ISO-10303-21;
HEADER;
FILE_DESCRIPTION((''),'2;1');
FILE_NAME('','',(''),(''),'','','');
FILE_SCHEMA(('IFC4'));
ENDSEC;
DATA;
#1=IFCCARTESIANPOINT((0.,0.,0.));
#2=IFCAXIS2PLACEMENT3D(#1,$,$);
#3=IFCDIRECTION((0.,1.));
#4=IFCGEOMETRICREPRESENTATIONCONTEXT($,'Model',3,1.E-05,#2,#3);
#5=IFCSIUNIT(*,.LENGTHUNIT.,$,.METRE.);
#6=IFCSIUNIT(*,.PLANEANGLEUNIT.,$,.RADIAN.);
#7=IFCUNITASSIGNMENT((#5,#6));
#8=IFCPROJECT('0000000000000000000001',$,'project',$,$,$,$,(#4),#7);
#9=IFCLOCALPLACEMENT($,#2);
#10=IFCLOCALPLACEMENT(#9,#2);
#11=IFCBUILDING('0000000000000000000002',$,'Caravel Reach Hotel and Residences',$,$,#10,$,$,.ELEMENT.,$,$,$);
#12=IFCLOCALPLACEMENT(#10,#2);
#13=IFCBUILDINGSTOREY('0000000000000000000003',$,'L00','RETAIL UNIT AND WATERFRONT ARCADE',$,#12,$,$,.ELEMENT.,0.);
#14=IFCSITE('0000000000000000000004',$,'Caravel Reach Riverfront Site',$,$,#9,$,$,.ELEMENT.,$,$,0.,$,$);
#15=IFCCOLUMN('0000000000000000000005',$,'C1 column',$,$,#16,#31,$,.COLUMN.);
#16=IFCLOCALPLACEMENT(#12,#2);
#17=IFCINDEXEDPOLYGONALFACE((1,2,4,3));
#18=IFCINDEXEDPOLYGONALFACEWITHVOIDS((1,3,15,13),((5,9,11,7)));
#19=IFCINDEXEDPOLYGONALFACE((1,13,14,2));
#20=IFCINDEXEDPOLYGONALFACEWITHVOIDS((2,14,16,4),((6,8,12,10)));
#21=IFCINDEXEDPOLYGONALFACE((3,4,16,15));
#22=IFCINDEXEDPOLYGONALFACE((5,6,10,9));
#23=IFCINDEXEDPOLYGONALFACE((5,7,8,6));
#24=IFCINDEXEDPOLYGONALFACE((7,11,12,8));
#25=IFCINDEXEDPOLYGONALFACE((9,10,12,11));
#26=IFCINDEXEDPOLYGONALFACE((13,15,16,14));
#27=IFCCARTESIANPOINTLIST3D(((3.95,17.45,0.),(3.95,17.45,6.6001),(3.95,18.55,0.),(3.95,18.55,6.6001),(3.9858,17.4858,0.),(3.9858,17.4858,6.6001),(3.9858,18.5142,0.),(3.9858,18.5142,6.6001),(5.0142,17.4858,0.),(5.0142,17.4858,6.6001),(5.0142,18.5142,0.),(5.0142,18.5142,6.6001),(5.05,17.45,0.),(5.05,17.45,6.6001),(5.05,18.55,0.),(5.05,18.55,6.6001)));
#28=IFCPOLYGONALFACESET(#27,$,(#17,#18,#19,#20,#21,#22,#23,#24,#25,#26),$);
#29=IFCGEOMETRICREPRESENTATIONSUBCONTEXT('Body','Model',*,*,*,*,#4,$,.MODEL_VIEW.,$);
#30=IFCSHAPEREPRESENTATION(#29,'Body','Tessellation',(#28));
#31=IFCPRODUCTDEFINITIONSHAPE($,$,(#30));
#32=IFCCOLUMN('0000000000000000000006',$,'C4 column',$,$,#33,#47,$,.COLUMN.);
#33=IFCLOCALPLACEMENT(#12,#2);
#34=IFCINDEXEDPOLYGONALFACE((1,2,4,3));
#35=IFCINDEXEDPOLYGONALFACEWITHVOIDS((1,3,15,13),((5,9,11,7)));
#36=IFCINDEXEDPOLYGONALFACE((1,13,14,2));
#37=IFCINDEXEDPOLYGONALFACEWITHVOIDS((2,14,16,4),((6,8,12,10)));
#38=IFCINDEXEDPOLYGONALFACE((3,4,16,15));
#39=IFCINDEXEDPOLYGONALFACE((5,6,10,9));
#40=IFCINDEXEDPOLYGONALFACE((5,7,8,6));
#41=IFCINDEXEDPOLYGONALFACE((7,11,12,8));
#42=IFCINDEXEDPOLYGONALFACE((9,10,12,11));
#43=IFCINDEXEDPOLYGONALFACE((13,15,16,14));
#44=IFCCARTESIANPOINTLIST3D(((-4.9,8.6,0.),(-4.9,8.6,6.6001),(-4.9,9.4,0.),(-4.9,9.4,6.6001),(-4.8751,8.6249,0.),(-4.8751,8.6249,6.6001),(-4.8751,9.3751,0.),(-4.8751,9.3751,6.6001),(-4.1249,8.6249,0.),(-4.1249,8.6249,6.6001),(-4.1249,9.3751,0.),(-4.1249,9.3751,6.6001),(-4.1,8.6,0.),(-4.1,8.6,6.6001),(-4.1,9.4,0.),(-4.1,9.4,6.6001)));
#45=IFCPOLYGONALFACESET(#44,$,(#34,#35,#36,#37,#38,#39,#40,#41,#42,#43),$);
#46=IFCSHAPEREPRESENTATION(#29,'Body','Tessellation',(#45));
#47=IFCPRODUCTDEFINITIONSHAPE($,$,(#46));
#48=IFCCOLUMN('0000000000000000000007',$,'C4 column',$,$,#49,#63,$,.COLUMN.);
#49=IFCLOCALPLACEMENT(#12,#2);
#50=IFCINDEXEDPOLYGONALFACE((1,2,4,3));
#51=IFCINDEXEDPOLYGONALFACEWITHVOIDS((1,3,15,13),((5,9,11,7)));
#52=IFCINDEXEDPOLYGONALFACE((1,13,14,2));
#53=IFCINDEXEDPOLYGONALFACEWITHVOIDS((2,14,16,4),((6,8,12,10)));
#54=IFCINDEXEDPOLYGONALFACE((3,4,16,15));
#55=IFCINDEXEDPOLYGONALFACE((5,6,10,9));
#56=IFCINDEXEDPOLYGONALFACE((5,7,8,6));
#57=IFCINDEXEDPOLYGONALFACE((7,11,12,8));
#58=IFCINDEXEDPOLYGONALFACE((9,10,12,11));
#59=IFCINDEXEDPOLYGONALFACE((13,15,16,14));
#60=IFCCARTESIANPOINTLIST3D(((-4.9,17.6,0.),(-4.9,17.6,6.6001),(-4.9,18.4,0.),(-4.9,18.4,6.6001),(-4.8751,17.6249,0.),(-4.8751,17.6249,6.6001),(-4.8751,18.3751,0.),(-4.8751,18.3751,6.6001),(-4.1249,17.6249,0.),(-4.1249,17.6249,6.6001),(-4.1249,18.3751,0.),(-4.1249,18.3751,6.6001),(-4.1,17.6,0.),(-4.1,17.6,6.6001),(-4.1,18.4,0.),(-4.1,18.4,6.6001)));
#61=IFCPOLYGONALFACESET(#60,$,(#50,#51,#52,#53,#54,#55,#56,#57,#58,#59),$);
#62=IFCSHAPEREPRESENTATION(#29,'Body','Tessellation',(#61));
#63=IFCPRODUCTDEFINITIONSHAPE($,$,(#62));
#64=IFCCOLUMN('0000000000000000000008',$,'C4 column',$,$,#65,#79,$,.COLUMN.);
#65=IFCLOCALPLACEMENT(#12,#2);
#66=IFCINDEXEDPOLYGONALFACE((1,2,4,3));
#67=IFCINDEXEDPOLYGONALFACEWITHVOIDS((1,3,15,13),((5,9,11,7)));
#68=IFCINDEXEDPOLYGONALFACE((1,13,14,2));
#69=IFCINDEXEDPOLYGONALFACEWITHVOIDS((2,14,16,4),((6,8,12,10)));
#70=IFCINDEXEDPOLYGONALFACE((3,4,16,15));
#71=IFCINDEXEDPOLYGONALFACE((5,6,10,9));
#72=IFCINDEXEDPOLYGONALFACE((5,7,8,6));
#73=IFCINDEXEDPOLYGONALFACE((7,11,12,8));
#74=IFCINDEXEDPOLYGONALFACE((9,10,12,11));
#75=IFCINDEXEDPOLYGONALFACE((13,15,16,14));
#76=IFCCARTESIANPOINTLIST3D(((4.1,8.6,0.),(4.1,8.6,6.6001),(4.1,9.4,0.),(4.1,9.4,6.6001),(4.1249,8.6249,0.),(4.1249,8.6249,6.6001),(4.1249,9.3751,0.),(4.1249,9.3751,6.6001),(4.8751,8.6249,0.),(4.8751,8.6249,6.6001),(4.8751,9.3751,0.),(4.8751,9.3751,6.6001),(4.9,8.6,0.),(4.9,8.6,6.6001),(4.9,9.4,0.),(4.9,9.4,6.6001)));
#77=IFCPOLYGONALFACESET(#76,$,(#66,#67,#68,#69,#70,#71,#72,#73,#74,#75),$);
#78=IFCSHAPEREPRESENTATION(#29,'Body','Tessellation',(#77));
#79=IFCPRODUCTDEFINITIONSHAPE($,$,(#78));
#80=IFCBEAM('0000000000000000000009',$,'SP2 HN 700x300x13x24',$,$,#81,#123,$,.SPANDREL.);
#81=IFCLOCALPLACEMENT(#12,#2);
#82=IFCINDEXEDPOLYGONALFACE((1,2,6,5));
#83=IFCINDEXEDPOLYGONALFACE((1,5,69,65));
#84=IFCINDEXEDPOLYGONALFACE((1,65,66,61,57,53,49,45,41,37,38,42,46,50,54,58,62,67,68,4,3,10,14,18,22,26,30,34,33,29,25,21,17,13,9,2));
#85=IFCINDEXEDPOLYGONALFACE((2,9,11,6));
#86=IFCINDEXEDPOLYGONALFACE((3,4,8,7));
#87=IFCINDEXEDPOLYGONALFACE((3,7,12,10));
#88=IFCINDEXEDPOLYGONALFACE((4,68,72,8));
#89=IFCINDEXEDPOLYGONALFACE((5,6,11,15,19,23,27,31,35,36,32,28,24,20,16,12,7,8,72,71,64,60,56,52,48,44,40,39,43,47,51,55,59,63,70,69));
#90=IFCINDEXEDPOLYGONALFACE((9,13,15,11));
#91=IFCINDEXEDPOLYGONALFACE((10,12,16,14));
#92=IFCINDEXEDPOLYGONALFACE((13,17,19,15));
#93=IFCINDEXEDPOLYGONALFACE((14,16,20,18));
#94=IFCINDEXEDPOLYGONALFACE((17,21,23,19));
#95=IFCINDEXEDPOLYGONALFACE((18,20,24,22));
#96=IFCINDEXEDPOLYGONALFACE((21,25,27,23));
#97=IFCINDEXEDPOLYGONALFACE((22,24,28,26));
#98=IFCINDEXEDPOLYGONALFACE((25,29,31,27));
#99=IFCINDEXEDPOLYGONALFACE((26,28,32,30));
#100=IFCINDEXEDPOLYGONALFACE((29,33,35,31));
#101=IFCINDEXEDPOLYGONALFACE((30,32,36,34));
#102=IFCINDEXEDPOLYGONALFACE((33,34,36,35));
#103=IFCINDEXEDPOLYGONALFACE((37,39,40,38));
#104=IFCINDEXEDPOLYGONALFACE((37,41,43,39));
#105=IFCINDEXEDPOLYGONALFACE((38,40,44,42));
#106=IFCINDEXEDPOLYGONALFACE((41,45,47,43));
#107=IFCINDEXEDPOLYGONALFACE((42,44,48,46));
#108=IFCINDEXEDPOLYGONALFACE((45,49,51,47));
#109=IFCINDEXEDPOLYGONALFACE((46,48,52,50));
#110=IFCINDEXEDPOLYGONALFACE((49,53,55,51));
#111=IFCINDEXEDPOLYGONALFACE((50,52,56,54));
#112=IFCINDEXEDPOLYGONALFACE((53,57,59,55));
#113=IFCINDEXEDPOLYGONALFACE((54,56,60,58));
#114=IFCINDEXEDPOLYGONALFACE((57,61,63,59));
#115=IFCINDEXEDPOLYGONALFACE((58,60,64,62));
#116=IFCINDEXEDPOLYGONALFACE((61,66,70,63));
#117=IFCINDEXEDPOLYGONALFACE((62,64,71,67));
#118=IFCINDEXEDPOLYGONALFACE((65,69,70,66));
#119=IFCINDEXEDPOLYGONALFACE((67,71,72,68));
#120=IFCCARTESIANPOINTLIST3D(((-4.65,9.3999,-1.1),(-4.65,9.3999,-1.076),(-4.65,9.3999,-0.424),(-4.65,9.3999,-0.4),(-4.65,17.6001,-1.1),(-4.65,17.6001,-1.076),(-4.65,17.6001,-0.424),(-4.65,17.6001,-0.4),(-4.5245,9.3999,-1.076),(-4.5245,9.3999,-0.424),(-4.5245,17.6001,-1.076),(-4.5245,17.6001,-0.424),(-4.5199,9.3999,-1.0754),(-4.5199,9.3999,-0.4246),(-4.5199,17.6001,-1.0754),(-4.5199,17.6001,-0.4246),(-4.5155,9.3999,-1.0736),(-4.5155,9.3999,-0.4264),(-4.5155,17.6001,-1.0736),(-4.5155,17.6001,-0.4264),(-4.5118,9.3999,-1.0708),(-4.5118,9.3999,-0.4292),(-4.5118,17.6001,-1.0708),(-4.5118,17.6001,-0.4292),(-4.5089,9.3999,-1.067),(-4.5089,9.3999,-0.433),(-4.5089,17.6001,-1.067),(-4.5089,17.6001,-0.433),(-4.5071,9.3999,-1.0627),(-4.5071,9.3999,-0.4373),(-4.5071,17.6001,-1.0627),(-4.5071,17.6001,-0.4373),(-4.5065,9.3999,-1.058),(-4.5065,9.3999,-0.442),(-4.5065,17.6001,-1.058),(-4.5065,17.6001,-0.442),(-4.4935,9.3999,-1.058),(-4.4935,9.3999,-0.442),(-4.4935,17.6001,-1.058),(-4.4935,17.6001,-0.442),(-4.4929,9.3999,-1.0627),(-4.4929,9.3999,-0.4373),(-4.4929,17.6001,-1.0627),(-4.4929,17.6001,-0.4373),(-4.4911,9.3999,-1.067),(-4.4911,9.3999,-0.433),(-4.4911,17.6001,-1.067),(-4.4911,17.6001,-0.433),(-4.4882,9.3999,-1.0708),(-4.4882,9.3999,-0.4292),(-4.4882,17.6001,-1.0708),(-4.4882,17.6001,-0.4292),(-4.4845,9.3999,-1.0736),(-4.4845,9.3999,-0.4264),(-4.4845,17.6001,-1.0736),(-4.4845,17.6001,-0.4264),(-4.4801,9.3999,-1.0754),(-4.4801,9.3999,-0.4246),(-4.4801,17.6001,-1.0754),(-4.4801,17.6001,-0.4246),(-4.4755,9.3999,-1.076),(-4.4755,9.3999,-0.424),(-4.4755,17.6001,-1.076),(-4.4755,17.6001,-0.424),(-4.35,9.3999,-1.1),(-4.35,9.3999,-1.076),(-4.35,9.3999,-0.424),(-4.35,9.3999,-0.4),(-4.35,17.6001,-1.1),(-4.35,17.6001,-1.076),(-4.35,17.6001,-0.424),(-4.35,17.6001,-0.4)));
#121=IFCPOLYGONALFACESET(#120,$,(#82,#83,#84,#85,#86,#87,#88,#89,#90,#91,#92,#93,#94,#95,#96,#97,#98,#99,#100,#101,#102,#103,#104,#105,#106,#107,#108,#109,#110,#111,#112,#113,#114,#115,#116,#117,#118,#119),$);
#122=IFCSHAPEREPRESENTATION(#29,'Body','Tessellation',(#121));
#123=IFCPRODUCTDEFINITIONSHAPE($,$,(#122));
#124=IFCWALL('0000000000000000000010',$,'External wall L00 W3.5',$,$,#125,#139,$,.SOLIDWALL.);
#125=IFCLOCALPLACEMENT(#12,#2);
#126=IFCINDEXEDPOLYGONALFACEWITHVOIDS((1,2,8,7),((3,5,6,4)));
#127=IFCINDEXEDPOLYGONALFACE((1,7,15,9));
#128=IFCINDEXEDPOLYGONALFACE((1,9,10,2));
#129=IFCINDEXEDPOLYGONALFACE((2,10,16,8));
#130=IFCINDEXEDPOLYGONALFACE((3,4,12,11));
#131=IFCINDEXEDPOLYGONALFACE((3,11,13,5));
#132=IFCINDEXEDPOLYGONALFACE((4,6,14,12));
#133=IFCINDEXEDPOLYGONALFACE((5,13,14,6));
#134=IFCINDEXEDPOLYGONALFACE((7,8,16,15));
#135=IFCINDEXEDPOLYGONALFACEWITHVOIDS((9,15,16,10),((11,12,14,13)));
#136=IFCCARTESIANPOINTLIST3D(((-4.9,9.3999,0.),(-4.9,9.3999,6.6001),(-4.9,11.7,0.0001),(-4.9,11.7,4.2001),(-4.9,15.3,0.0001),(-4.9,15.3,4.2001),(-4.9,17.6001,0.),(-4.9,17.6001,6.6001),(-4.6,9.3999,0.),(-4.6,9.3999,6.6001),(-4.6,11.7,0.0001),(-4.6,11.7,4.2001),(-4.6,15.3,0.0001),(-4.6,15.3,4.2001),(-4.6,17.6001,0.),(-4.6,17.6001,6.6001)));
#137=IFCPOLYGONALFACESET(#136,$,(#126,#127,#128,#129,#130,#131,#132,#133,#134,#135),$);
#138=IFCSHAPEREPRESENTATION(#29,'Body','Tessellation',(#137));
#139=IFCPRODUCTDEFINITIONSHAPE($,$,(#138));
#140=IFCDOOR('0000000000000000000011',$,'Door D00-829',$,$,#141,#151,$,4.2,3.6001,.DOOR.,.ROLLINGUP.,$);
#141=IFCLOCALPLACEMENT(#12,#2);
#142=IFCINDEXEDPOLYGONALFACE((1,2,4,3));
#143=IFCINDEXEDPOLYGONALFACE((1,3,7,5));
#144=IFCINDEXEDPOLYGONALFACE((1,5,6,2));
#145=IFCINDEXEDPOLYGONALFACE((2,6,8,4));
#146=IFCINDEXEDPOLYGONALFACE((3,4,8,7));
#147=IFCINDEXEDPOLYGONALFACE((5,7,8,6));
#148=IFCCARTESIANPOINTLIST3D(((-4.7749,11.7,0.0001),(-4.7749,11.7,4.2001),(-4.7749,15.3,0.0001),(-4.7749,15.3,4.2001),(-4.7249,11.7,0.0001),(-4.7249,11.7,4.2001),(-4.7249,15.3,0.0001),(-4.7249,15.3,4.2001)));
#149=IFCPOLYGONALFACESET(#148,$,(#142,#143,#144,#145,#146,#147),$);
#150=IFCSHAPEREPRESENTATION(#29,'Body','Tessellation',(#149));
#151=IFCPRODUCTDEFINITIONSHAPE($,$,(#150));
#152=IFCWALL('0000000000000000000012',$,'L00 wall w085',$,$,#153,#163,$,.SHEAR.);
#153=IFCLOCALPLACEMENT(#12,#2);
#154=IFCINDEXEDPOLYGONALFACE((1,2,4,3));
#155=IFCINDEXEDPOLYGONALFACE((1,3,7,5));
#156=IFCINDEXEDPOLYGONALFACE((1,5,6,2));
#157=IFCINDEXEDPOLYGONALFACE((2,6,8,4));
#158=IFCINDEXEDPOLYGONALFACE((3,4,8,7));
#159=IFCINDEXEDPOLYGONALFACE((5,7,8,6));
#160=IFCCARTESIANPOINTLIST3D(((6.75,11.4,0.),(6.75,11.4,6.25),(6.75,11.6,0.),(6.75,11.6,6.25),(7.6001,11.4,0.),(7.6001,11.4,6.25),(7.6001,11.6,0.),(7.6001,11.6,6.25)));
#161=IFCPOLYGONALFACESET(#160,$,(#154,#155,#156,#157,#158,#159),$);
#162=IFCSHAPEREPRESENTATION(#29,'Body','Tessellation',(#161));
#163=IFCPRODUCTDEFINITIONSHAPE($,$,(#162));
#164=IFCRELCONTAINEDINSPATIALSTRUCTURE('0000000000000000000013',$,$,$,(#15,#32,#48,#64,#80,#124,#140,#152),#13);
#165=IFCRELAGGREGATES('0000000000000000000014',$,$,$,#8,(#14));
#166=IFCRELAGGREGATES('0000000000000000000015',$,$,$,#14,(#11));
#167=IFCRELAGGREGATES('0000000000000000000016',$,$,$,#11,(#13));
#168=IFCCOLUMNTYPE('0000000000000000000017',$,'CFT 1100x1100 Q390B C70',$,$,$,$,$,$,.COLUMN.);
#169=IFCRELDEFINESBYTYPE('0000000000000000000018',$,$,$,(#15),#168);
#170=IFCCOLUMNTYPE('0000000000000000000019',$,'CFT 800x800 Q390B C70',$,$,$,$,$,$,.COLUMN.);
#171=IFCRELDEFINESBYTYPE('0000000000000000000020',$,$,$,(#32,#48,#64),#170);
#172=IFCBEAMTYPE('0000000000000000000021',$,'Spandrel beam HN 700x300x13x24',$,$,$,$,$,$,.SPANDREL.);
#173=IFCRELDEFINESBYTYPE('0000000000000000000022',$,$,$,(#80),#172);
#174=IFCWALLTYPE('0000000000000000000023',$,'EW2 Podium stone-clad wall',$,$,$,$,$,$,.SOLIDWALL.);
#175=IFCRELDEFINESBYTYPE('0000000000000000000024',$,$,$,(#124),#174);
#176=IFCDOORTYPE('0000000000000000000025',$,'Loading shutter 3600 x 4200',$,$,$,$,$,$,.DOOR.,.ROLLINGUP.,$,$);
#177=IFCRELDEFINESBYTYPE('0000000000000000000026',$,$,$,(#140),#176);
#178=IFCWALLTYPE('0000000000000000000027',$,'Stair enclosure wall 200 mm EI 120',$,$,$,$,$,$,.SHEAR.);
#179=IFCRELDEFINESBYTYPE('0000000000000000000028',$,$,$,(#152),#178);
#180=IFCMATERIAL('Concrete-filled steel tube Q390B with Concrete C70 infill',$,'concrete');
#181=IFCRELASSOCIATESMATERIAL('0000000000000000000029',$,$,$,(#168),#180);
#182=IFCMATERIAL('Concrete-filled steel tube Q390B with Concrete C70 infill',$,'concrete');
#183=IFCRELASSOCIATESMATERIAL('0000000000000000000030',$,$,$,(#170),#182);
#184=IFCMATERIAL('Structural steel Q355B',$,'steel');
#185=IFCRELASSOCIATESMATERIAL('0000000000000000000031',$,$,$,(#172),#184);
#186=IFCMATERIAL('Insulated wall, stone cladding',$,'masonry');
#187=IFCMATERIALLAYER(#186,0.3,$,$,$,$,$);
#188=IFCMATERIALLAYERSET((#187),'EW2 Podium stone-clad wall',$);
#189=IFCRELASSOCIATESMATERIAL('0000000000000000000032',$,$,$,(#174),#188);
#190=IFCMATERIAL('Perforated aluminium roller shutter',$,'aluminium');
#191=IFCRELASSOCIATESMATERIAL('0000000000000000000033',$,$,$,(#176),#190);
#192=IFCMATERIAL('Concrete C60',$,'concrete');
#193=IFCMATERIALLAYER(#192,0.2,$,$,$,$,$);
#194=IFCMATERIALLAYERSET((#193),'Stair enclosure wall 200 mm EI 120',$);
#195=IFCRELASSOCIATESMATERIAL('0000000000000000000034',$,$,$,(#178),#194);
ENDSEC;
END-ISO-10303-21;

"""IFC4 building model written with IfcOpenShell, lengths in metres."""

from ifc_helpers import new_model, si_unit, direction, frame, frame_2d, origin, origin_2d, place, context, subcontext, project, spatial, rectangle, hollow_rectangle, i_section, extrude, material, layer, layer_set, material_profile, profile_set, type_object, element, fill, save


model = new_model("IFC4")

# Units and contexts
model_context = context("Model", 3, precision=1e-05, world=origin(), true_north=direction((0.0, 1.0)))
body_context = subcontext(model_context, "Body", "Model", "MODEL_VIEW")
ifc_project = project(units=[si_unit("LENGTHUNIT", "METRE"), si_unit("PLANEANGLEUNIT", "RADIAN")], contexts=[model_context])

# Site, building, storey
site_placement = place(None, origin())
site = spatial("IfcSite", under=ifc_project, at=site_placement, Name="Caravel Reach Riverfront Site", CompositionType="ELEMENT", RefElevation=0.0)
building_placement = place(site_placement, origin())
building = spatial("IfcBuilding", under=site, at=building_placement, Name="Caravel Reach Hotel and Residences", CompositionType="ELEMENT")
storey_placement = place(building_placement, origin())
storey = spatial("IfcBuildingStorey", under=building, at=storey_placement, Name="L00", Description="RETAIL UNIT AND WATERFRONT ARCADE", CompositionType="ELEMENT", Elevation=0.0)

# Columns
ifc_material_1 = material(Name="Concrete-filled steel tube Q390B with Concrete C70 infill", Category="concrete")
ifc_material_profile_1 = material_profile(ifc_material_1, hollow_rectangle(XDim=1.1001, YDim=1.1001, WallThickness=0.0359, at=origin_2d()), Name="RHS 1100x1100x36")
ifc_profile_set_1 = profile_set([ifc_material_profile_1], Name="Concrete-filled steel tube Q390B with Concrete C70 infill")
column_type_1 = type_object("IfcColumnType", Name="CFT 1100x1100 Q390B C70", PredefinedType="COLUMN", material=ifc_profile_set_1)
column_placement = place(storey_placement, frame((4.5, 18.0, 0.0), z_axis=(0.0, 0.0, 1.0), x_axis=(1.0, 0.0, 0.0)))
element("IfcColumn", 1, at=column_placement, inside=storey, type_object=column_type_1, Name="C1 column", PredefinedType="COLUMN", context=body_context, shape_type="SweptSolid", body=[
    extrude(hollow_rectangle(XDim=1.1001, YDim=1.1001, WallThickness=0.0359, at=origin_2d()), origin(), (0.0, 0.0, 1.0), 6.6001),
])
ifc_material_2 = material(Name="Concrete-filled steel tube Q390B with Concrete C70 infill", Category="concrete")
ifc_material_profile_2 = material_profile(ifc_material_2, hollow_rectangle(XDim=0.8, YDim=0.8, WallThickness=0.0249, at=origin_2d()), Name="RHS 800x800x25")
ifc_profile_set_2 = profile_set([ifc_material_profile_2], Name="Concrete-filled steel tube Q390B with Concrete C70 infill")
column_type_2 = type_object("IfcColumnType", Name="CFT 800x800 Q390B C70", PredefinedType="COLUMN", material=ifc_profile_set_2)
for number, where, z_axis, x_axis, name in (
    (2, (-4.5, 9.0, 0.0), (0.0, 0.0, 1.0), (1.0, 0.0, 0.0), "C4 column"),
    (3, (-4.5, 18.0, 0.0), (0.0, 0.0, 1.0), (1.0, 0.0, 0.0), "C4 column"),
    (4, (4.5, 9.0, 0.0), (0.0, 0.0, 1.0), (1.0, 0.0, 0.0), "C4 column"),
):
    element("IfcColumn", number, at=place(storey_placement, frame(where, z_axis=z_axis, x_axis=x_axis)), inside=storey, type_object=column_type_2, Name=name, PredefinedType="COLUMN", context=body_context, shape_type="SweptSolid", body=[
        extrude(hollow_rectangle(XDim=0.8, YDim=0.8, WallThickness=0.0249, at=origin_2d()), origin(), (0.0, 0.0, 1.0), 6.6001),
    ])

# Beam
ifc_material_3 = material(Name="Structural steel Q355B", Category="steel")
ifc_material_profile_3 = material_profile(ifc_material_3, i_section(OverallWidth=0.3, OverallDepth=0.7, WebThickness=0.0129, FlangeThickness=0.0239, FilletRadius=0.0181, at=origin_2d()), Name="HN 700x300x13x24")
ifc_profile_set_3 = profile_set([ifc_material_profile_3], Name="Structural steel Q355B")
beam_type = type_object("IfcBeamType", Name="Spandrel beam HN 700x300x13x24", PredefinedType="SPANDREL", material=ifc_profile_set_3)
beam_placement = place(storey_placement, frame((-4.5, 17.6001, -0.75), z_axis=(0.0, -1.0, 0.0), x_axis=(1.0, 0.0, 0.0)))
element("IfcBeam", 5, at=beam_placement, inside=storey, type_object=beam_type, Name="SP2 HN 700x300x13x24", PredefinedType="SPANDREL", context=body_context, shape_type="SweptSolid", body=[
    extrude(i_section(OverallWidth=0.3, OverallDepth=0.7, WebThickness=0.0129, FlangeThickness=0.0239, FilletRadius=0.0181, at=origin_2d()), origin(), (0.0, 0.0, 1.0), 8.2002),
])

# Wall, opening, door
ifc_material_4 = material(Name="Insulated wall, stone cladding", Category="masonry")
ifc_layer_1 = layer(ifc_material_4, 0.3)
ifc_layer_set_1 = layer_set([ifc_layer_1], Name="EW2 Podium stone-clad wall")
wall_type_1 = type_object("IfcWallType", Name="EW2 Podium stone-clad wall", PredefinedType="SOLIDWALL", material=ifc_layer_set_1)
wall_1_placement = place(storey_placement, frame((-4.75, 9.3999, 0.0), z_axis=(0.0, 0.0, 1.0), x_axis=(0.0, 1.0, 0.0)))
wall_1 = element("IfcWall", 6, at=wall_1_placement, inside=storey, type_object=wall_type_1, Name="External wall L00 W3.5", PredefinedType="SOLIDWALL", context=body_context, shape_type="SweptSolid", body=[
    extrude(rectangle(XDim=8.2002, YDim=0.3, at=frame_2d((4.1001, 0.0))), origin(), (0.0, 0.0, 1.0), 6.6001),
])
opening_1_placement = place(wall_1_placement, frame((2.3, 0.0, 0.0)))
opening_1 = element("IfcOpeningElement", 7, at=opening_1_placement, cuts=wall_1, PredefinedType="OPENING", context=body_context, shape_type="SweptSolid", body=[
    extrude(rectangle(XDim=3.6001, YDim=4.2, at=frame_2d((1.8, 2.1001))), frame((0.0, 0.1599, 0.0), z_axis=(0.0, -1.0, 0.0), x_axis=(1.0, 0.0, 0.0)), (0.0, 0.0, 1.0), 0.3201),
])
ifc_material_5 = material(Name="Perforated aluminium roller shutter", Category="aluminium")
door_type_1 = type_object("IfcDoorType", Name="Loading shutter 3600 x 4200", OperationType="ROLLINGUP", PredefinedType="DOOR", material=ifc_material_5)
door_1_placement = place(opening_1_placement, origin())
door_1 = element("IfcDoor", 8, at=door_1_placement, inside=storey, type_object=door_type_1, Name="Door D00-829", OperationType="ROLLINGUP", OverallHeight=4.2, OverallWidth=3.6001, PredefinedType="DOOR", context=body_context, shape_type="SweptSolid", body=[
    extrude(rectangle(XDim=3.6001, YDim=4.2, at=frame_2d((1.8, 2.1001))), frame((0.0, 0.0249, 0.0), z_axis=(0.0, -1.0, 0.0), x_axis=(1.0, 0.0, 0.0)), (0.0, 0.0, 1.0), 0.05),
])
fill(opening_1, door_1)

# Wall
ifc_material_6 = material(Name="Concrete C60", Category="concrete")
ifc_layer_2 = layer(ifc_material_6, 0.2)
ifc_layer_set_2 = layer_set([ifc_layer_2], Name="Stair enclosure wall 200 mm EI 120")
wall_type_2 = type_object("IfcWallType", Name="Stair enclosure wall 200 mm EI 120", PredefinedType="SHEAR", material=ifc_layer_set_2)
wall_2_placement = place(storey_placement, frame((6.75, 11.5, 0.0), z_axis=(0.0, 0.0, 1.0), x_axis=(1.0, 0.0, 0.0)))
element("IfcWall", 9, at=wall_2_placement, inside=storey, type_object=wall_type_2, Name="L00 wall w085", PredefinedType="SHEAR", context=body_context, shape_type="SweptSolid", body=[
    extrude(rectangle(XDim=0.8501, YDim=0.2, at=frame_2d((0.425, 0.0))), origin(), (0.0, 0.0, 1.0), 6.25),
])

save(model, "model.ifc")
